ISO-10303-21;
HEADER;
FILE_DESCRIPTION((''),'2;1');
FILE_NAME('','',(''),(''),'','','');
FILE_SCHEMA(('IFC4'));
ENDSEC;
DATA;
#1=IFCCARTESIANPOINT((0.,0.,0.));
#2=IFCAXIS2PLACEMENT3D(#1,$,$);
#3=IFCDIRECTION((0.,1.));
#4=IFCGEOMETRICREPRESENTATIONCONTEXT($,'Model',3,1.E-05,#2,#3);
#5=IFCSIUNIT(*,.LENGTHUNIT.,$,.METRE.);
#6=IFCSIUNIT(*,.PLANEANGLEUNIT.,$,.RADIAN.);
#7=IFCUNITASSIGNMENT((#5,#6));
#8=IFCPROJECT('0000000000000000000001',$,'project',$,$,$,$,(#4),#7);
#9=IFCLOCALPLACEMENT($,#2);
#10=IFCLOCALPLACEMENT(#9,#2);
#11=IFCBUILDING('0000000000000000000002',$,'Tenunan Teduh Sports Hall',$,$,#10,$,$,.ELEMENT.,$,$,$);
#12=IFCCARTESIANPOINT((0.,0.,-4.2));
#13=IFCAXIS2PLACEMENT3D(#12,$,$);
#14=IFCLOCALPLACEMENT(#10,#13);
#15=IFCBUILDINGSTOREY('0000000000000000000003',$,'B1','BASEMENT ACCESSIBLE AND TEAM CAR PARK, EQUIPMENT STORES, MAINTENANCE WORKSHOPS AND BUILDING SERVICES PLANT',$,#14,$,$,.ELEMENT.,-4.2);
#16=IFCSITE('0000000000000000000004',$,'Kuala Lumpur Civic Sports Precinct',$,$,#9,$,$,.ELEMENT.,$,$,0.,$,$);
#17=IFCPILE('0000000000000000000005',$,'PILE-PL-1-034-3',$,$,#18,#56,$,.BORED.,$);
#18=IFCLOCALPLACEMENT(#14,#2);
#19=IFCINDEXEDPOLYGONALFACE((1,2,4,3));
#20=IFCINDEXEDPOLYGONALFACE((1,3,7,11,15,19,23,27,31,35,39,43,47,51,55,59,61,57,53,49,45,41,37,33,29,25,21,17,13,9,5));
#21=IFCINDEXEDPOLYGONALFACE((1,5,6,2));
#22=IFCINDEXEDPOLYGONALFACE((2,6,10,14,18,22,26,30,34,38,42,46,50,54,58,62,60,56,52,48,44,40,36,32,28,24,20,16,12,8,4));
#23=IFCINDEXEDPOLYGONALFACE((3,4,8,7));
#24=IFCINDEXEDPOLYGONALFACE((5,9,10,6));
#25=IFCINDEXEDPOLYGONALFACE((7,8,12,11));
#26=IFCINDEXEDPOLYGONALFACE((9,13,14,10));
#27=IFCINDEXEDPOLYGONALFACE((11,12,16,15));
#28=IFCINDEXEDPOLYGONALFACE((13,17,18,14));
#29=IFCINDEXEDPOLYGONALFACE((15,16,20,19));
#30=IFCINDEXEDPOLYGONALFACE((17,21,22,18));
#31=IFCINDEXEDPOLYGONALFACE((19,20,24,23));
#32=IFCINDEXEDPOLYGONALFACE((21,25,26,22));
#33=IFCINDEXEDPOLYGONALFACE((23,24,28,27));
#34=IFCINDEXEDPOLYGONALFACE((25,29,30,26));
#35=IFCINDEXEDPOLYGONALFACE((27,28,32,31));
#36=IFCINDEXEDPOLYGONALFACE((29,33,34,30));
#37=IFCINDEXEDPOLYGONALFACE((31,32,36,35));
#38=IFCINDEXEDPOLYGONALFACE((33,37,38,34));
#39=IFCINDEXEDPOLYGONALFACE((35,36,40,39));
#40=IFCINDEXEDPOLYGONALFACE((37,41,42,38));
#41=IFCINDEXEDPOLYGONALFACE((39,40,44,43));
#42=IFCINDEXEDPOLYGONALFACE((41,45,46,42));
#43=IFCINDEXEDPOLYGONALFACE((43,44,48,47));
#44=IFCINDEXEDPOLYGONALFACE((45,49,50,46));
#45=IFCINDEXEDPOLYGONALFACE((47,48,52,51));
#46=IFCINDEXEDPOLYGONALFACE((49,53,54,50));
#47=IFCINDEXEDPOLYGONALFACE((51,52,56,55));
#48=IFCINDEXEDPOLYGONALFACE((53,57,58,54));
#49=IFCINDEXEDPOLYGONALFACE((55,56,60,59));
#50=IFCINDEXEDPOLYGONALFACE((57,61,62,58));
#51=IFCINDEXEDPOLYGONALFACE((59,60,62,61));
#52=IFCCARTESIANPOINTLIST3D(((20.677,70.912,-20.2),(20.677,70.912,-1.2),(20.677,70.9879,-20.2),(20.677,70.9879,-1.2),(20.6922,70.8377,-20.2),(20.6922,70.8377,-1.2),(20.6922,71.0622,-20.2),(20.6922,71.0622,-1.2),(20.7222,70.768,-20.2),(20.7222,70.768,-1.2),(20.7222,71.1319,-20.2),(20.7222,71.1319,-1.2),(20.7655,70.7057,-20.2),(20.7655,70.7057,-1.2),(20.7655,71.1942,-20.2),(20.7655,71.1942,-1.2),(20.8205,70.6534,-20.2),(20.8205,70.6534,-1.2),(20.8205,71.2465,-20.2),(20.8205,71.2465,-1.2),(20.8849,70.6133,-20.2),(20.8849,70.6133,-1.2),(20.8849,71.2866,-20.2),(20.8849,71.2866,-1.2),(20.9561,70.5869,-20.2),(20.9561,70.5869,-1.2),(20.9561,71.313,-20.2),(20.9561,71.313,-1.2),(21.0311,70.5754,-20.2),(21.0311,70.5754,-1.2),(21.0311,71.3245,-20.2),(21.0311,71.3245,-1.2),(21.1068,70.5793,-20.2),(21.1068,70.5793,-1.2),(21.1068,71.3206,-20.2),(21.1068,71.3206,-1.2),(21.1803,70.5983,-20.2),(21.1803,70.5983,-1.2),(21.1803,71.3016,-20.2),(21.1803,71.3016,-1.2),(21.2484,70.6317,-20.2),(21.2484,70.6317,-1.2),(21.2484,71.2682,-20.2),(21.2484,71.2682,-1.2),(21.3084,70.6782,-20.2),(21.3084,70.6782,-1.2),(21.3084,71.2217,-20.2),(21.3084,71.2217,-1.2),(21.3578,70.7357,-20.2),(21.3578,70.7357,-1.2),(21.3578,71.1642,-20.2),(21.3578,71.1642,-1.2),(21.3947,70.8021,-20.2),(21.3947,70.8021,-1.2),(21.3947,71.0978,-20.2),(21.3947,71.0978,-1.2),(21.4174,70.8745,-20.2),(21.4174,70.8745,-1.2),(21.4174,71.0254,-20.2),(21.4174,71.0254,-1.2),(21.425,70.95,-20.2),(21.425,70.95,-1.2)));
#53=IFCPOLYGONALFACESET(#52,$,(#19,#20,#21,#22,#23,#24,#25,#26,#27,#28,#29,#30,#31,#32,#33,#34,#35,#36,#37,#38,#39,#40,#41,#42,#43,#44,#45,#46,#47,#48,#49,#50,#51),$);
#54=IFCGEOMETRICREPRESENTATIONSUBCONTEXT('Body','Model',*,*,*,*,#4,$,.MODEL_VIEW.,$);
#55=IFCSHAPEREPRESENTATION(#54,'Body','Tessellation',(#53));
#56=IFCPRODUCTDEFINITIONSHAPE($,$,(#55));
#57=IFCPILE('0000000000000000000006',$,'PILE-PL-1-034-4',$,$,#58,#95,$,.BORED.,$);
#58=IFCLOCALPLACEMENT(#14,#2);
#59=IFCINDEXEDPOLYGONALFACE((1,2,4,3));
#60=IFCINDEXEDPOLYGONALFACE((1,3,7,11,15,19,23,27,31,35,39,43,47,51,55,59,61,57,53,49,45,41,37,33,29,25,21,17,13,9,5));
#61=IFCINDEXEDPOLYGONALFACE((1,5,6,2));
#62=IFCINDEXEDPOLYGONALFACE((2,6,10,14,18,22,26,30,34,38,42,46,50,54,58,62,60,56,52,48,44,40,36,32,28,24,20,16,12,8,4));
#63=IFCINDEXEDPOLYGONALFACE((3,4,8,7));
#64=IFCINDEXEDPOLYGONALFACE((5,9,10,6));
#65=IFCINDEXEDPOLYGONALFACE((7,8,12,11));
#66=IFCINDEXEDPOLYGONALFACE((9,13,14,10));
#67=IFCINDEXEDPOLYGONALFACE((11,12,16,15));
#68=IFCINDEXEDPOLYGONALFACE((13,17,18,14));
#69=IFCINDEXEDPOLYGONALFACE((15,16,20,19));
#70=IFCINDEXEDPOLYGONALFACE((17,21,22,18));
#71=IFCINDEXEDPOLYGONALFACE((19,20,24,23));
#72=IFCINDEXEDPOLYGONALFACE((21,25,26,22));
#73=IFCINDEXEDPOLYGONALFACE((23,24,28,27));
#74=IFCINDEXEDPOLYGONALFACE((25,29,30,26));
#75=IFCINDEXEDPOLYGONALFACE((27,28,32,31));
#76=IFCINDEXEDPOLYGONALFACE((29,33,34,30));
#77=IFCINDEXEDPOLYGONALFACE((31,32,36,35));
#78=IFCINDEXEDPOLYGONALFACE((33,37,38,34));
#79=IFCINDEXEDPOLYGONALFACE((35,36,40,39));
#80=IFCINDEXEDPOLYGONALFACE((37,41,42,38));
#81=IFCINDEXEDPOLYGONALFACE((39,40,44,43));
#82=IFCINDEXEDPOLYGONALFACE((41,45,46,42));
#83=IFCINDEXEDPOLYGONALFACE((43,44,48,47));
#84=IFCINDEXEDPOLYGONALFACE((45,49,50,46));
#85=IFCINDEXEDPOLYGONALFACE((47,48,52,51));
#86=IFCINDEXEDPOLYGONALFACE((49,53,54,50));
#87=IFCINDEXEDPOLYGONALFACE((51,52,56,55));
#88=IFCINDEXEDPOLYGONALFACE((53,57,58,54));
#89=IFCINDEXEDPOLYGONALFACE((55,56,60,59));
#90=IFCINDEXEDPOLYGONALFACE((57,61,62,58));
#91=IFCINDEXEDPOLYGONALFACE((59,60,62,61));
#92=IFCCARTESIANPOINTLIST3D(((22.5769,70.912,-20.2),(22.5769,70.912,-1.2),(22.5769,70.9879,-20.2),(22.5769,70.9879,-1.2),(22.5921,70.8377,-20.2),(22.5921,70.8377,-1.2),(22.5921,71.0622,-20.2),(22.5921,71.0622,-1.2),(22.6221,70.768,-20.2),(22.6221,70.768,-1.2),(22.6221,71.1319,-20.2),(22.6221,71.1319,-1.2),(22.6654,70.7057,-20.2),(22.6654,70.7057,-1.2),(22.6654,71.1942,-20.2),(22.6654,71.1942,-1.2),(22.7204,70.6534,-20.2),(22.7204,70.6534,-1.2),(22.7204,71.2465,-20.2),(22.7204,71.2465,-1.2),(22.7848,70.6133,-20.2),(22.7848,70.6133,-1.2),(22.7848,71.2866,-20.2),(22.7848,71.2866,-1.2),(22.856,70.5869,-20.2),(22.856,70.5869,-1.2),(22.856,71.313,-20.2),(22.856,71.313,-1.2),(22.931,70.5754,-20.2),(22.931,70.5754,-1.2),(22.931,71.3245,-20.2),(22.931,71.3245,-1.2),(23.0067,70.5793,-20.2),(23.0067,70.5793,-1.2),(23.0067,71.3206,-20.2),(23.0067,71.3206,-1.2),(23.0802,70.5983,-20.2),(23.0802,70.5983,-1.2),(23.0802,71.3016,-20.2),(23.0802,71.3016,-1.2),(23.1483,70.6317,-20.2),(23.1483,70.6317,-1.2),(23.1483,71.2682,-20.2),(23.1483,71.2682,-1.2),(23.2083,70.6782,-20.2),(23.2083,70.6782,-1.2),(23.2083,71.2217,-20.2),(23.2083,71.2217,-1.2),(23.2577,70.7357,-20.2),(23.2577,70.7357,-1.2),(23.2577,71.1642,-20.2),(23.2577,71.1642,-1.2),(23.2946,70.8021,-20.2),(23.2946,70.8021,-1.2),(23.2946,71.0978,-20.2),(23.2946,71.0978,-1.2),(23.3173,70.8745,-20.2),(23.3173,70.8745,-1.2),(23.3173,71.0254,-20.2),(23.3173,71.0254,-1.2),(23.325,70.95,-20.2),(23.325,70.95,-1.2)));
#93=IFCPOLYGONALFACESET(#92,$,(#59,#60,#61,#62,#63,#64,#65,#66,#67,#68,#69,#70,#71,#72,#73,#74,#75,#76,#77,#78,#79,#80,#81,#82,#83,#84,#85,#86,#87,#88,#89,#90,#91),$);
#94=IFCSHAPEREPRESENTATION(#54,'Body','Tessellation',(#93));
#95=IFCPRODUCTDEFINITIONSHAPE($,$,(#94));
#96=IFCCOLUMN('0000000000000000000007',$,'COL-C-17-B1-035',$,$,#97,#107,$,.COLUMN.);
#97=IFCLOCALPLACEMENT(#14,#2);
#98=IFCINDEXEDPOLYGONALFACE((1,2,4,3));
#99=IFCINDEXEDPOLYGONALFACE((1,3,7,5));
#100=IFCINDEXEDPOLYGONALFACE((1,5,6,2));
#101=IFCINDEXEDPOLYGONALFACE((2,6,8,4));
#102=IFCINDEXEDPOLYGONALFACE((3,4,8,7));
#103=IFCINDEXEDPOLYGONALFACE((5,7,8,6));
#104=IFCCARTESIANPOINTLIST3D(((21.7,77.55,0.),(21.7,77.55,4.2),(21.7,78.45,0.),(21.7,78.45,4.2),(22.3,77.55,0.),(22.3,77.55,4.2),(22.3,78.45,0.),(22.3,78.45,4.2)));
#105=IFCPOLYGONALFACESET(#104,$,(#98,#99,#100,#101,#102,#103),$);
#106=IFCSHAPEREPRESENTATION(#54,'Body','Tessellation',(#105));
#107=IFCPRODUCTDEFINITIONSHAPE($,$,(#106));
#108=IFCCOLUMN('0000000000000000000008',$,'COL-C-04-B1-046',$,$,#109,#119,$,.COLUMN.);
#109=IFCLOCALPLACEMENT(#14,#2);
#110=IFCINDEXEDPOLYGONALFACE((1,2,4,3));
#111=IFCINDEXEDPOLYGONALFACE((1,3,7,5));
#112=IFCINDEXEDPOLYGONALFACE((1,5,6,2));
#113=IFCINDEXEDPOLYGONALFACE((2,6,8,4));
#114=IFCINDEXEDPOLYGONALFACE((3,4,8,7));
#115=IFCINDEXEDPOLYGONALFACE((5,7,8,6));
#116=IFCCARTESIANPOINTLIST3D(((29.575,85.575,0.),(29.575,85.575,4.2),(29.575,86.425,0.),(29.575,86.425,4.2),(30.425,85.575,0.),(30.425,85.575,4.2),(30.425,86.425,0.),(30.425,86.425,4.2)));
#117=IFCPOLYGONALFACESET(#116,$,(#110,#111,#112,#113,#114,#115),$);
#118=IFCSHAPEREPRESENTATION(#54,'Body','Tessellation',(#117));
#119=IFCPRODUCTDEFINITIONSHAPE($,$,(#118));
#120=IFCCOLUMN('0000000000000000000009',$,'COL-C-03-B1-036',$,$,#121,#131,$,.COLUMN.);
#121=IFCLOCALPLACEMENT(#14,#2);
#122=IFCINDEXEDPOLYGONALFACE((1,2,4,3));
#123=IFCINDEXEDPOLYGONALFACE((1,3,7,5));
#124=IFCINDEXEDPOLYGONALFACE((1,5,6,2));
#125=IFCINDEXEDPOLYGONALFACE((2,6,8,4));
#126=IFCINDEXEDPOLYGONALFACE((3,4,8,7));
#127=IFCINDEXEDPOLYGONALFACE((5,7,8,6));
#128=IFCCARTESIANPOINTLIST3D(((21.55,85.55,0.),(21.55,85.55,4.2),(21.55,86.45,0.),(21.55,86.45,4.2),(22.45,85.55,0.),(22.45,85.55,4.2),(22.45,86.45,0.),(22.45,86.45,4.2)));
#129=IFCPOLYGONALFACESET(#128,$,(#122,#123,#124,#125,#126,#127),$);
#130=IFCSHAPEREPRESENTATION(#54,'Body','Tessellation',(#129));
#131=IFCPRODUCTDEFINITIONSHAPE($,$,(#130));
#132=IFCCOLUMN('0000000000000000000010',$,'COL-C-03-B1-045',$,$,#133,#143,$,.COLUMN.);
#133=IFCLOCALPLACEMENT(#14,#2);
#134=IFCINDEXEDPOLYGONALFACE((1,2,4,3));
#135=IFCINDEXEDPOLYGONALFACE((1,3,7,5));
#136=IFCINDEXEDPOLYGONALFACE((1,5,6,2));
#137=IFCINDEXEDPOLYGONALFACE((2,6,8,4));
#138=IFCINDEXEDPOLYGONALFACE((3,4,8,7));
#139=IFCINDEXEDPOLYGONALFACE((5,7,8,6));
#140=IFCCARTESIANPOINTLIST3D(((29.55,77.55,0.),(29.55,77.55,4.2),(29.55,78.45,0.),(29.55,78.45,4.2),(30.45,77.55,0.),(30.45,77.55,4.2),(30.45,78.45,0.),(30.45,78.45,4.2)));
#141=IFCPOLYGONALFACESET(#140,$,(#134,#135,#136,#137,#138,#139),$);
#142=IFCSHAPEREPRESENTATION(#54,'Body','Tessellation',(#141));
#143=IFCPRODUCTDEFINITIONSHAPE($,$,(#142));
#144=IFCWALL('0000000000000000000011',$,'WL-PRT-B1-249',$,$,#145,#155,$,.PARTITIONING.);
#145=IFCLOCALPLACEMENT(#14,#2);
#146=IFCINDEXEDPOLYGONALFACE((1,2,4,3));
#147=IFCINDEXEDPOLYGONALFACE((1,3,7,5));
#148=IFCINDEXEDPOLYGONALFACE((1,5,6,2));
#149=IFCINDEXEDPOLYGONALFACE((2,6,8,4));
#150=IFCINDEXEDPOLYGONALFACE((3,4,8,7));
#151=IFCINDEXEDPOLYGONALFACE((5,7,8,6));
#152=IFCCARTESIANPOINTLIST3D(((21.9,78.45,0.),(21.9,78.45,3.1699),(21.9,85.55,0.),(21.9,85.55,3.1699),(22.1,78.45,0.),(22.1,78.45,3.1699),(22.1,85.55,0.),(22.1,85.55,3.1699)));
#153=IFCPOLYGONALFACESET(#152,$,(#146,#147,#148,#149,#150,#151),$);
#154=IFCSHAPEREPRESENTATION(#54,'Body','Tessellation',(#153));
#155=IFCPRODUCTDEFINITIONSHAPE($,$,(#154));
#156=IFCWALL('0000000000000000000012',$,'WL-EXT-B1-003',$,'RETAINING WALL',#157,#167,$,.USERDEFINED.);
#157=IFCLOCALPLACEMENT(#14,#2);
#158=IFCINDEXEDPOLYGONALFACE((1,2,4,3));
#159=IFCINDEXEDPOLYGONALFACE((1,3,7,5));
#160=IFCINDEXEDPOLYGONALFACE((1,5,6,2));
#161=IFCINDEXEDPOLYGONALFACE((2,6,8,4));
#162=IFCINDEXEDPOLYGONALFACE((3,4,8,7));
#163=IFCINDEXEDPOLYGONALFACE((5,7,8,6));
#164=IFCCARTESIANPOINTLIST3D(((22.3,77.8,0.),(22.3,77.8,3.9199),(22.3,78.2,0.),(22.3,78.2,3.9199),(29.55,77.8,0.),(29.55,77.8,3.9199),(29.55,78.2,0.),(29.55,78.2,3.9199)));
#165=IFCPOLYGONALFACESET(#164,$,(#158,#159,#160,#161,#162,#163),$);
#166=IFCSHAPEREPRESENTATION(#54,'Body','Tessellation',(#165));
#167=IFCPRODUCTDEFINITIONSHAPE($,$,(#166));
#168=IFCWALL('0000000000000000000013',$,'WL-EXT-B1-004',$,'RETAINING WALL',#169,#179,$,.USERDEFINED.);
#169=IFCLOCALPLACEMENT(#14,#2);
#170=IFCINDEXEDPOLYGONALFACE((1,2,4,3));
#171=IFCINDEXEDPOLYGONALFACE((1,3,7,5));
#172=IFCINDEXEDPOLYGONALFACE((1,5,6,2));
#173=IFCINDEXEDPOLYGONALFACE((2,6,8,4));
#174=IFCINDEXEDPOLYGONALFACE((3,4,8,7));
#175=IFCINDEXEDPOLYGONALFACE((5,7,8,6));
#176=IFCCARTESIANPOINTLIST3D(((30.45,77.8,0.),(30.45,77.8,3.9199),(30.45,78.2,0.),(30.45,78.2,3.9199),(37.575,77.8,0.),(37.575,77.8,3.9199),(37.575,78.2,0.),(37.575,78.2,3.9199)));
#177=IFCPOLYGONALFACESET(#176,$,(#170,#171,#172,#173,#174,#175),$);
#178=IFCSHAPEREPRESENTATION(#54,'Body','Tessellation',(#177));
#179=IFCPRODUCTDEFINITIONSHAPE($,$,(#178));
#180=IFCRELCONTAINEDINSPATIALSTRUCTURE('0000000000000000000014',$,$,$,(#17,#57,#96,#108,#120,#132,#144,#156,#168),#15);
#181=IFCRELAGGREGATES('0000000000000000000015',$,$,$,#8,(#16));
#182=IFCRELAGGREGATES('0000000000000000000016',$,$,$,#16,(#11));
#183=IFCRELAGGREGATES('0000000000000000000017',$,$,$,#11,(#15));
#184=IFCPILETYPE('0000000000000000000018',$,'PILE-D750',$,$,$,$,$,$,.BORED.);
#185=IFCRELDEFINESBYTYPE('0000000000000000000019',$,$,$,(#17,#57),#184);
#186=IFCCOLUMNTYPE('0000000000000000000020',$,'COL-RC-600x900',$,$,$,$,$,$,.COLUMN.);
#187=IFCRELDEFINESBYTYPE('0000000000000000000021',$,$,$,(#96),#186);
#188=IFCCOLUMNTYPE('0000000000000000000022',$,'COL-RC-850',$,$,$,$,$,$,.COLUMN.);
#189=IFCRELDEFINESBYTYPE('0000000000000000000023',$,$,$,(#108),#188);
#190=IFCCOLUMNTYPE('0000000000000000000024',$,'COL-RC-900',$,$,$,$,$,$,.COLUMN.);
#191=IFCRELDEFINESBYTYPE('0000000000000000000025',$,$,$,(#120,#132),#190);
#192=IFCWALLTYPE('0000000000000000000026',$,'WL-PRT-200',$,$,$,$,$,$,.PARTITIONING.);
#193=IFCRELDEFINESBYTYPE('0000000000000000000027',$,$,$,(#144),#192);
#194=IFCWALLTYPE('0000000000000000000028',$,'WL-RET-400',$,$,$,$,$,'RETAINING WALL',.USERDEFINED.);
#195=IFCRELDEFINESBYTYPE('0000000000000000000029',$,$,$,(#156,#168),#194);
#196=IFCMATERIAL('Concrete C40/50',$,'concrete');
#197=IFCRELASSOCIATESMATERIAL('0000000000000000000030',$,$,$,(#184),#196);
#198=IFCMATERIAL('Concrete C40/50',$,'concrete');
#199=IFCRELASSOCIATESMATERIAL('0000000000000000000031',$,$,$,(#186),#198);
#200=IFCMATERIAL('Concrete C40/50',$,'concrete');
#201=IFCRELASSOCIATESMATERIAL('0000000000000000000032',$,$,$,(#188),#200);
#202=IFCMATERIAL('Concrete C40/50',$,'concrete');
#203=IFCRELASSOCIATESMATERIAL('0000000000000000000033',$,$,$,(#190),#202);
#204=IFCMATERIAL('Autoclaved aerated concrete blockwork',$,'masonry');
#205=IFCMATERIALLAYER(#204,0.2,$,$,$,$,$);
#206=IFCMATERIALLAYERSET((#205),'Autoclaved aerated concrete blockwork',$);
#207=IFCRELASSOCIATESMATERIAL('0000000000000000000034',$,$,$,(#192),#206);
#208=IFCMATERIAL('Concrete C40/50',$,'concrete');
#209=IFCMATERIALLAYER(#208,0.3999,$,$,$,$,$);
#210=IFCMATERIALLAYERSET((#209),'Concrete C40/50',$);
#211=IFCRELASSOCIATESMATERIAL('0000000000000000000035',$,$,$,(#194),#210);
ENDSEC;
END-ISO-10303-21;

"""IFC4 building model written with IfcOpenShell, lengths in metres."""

from ifc_helpers import new_model, si_unit, direction, frame, frame_2d, origin, origin_2d, place, context, subcontext, project, spatial, rectangle, circle, extrude, material, layer, layer_set, material_profile, profile_set, type_object, element, save


model = new_model("IFC4")

# Units and contexts
model_context = context("Model", 3, precision=1e-05, world=origin(), true_north=direction((0.0, 1.0)))
body_context = subcontext(model_context, "Body", "Model", "MODEL_VIEW")
ifc_project = project(units=[si_unit("LENGTHUNIT", "METRE"), si_unit("PLANEANGLEUNIT", "RADIAN")], contexts=[model_context])

# Site, building, storey
site_placement = place(None, origin())
site = spatial("IfcSite", under=ifc_project, at=site_placement, Name="Kuala Lumpur Civic Sports Precinct", CompositionType="ELEMENT", RefElevation=0.0)
building_placement = place(site_placement, origin())
building = spatial("IfcBuilding", under=site, at=building_placement, Name="Tenunan Teduh Sports Hall", CompositionType="ELEMENT")
storey_placement = place(building_placement, frame((0.0, 0.0, -4.2)))
storey = spatial("IfcBuildingStorey", under=building, at=storey_placement, Name="B1", Description="BASEMENT ACCESSIBLE AND TEAM CAR PARK, EQUIPMENT STORES, MAINTENANCE WORKSHOPS AND BUILDING SERVICES PLANT", CompositionType="ELEMENT", Elevation=-4.2)

# Piles
ifc_material_1 = material(Name="Concrete C40/50", Category="concrete")
ifc_material_profile_1 = material_profile(ifc_material_1, circle(Radius=0.375, at=origin_2d()), Name="PILE D750")
ifc_profile_set_1 = profile_set([ifc_material_profile_1], Name="Concrete C40/50")
pile_type_1 = type_object("IfcPileType", Name="PILE-D750", PredefinedType="BORED", material=ifc_profile_set_1)
for number, where, z_axis, x_axis, name in (
    (1, (21.05, 70.95, -1.2), (0.0, 0.0, -1.0), (1.0, 0.0, 0.0), "PILE-PL-1-034-3"),
    (2, (22.95, 70.95, -1.2), (0.0, 0.0, -1.0), (1.0, 0.0, 0.0), "PILE-PL-1-034-4"),
):
    element("IfcPile", number, at=place(storey_placement, frame(where, z_axis=z_axis, x_axis=x_axis)), inside=storey, type_object=pile_type_1, Name=name, PredefinedType="BORED", context=body_context, shape_type="SweptSolid", body=[
        extrude(circle(Radius=0.375, at=origin_2d()), origin(), (0.0, 0.0, 1.0), 19.0),
    ])

# Columns
ifc_material_2 = material(Name="Concrete C40/50", Category="concrete")
ifc_material_profile_2 = material_profile(ifc_material_2, rectangle(XDim=0.6001, YDim=0.8999, at=origin_2d()), Name="RC 600x900")
ifc_profile_set_2 = profile_set([ifc_material_profile_2], Name="Concrete C40/50")
column_type_1 = type_object("IfcColumnType", Name="COL-RC-600x900", PredefinedType="COLUMN", material=ifc_profile_set_2)
column_1_placement = place(storey_placement, frame((22.0, 78.0, 0.0), z_axis=(0.0, 0.0, 1.0), x_axis=(1.0, 0.0, 0.0)))
element("IfcColumn", 3, at=column_1_placement, inside=storey, type_object=column_type_1, Name="COL-C-17-B1-035", PredefinedType="COLUMN", context=body_context, shape_type="SweptSolid", body=[
    extrude(rectangle(XDim=0.6001, YDim=0.8999, at=origin_2d()), origin(), (0.0, 0.0, 1.0), 4.2),
])
ifc_material_3 = material(Name="Concrete C40/50", Category="concrete")
ifc_material_profile_3 = material_profile(ifc_material_3, rectangle(XDim=0.8501, YDim=0.8501, at=origin_2d()), Name="RC 850x850")
ifc_profile_set_3 = profile_set([ifc_material_profile_3], Name="Concrete C40/50")
column_type_2 = type_object("IfcColumnType", Name="COL-RC-850", PredefinedType="COLUMN", material=ifc_profile_set_3)
column_2_placement = place(storey_placement, frame((30.0, 86.0, 0.0), z_axis=(0.0, 0.0, 1.0), x_axis=(1.0, 0.0, 0.0)))
element("IfcColumn", 4, at=column_2_placement, inside=storey, type_object=column_type_2, Name="COL-C-04-B1-046", PredefinedType="COLUMN", context=body_context, shape_type="SweptSolid", body=[
    extrude(rectangle(XDim=0.8501, YDim=0.8501, at=origin_2d()), origin(), (0.0, 0.0, 1.0), 4.2),
])
ifc_material_4 = material(Name="Concrete C40/50", Category="concrete")
ifc_material_profile_4 = material_profile(ifc_material_4, rectangle(XDim=0.8999, YDim=0.8999, at=origin_2d()), Name="RC 900x900")
ifc_profile_set_4 = profile_set([ifc_material_profile_4], Name="Concrete C40/50")
column_type_3 = type_object("IfcColumnType", Name="COL-RC-900", PredefinedType="COLUMN", material=ifc_profile_set_4)
for number, where, z_axis, x_axis, name in (
    (5, (22.0, 86.0, 0.0), (0.0, 0.0, 1.0), (1.0, 0.0, 0.0), "COL-C-03-B1-036"),
    (6, (30.0, 78.0, 0.0), (0.0, 0.0, 1.0), (1.0, 0.0, 0.0), "COL-C-03-B1-045"),
):
    element("IfcColumn", number, at=place(storey_placement, frame(where, z_axis=z_axis, x_axis=x_axis)), inside=storey, type_object=column_type_3, Name=name, PredefinedType="COLUMN", context=body_context, shape_type="SweptSolid", body=[
        extrude(rectangle(XDim=0.8999, YDim=0.8999, at=origin_2d()), origin(), (0.0, 0.0, 1.0), 4.2),
    ])

# Walls
ifc_material_5 = material(Name="Autoclaved aerated concrete blockwork", Category="masonry")
ifc_layer_1 = layer(ifc_material_5, 0.2)
ifc_layer_set_1 = layer_set([ifc_layer_1], Name="Autoclaved aerated concrete blockwork")
wall_type_1 = type_object("IfcWallType", Name="WL-PRT-200", PredefinedType="PARTITIONING", material=ifc_layer_set_1)
wall_1_placement = place(storey_placement, frame((22.0, 78.45, 0.0), z_axis=(0.0, 0.0, 1.0), x_axis=(0.0, 1.0, 0.0)))
element("IfcWall", 7, at=wall_1_placement, inside=storey, type_object=wall_type_1, Name="WL-PRT-B1-249", PredefinedType="PARTITIONING", context=body_context, shape_type="SweptSolid", body=[
    extrude(rectangle(XDim=7.1001, YDim=0.2, at=frame_2d((3.55, 0.0))), origin(), (0.0, 0.0, 1.0), 3.1699),
])
ifc_material_6 = material(Name="Concrete C40/50", Category="concrete")
ifc_layer_2 = layer(ifc_material_6, 0.3999)
ifc_layer_set_2 = layer_set([ifc_layer_2], Name="Concrete C40/50")
wall_type_2 = type_object("IfcWallType", Name="WL-RET-400", ElementType="RETAINING WALL", PredefinedType="USERDEFINED", material=ifc_layer_set_2)
wall_2_placement = place(storey_placement, frame((22.3, 78.0, 0.0), z_axis=(0.0, 0.0, 1.0), x_axis=(1.0, 0.0, 0.0)))
element("IfcWall", 8, at=wall_2_placement, inside=storey, type_object=wall_type_2, Name="WL-EXT-B1-003", ObjectType="RETAINING WALL", PredefinedType="USERDEFINED", context=body_context, shape_type="SweptSolid", body=[
    extrude(rectangle(XDim=7.25, YDim=0.3999, at=frame_2d((3.625, 0.0))), origin(), (0.0, 0.0, 1.0), 3.9199),
])
wall_3_placement = place(storey_placement, frame((30.45, 78.0, 0.0), z_axis=(0.0, 0.0, 1.0), x_axis=(1.0, 0.0, 0.0)))
element("IfcWall", 9, at=wall_3_placement, inside=storey, type_object=wall_type_2, Name="WL-EXT-B1-004", ObjectType="RETAINING WALL", PredefinedType="USERDEFINED", context=body_context, shape_type="SweptSolid", body=[
    extrude(rectangle(XDim=7.125, YDim=0.3999, at=frame_2d((3.5625, 0.0))), origin(), (0.0, 0.0, 1.0), 3.9199),
])

save(model, "model.ifc")
